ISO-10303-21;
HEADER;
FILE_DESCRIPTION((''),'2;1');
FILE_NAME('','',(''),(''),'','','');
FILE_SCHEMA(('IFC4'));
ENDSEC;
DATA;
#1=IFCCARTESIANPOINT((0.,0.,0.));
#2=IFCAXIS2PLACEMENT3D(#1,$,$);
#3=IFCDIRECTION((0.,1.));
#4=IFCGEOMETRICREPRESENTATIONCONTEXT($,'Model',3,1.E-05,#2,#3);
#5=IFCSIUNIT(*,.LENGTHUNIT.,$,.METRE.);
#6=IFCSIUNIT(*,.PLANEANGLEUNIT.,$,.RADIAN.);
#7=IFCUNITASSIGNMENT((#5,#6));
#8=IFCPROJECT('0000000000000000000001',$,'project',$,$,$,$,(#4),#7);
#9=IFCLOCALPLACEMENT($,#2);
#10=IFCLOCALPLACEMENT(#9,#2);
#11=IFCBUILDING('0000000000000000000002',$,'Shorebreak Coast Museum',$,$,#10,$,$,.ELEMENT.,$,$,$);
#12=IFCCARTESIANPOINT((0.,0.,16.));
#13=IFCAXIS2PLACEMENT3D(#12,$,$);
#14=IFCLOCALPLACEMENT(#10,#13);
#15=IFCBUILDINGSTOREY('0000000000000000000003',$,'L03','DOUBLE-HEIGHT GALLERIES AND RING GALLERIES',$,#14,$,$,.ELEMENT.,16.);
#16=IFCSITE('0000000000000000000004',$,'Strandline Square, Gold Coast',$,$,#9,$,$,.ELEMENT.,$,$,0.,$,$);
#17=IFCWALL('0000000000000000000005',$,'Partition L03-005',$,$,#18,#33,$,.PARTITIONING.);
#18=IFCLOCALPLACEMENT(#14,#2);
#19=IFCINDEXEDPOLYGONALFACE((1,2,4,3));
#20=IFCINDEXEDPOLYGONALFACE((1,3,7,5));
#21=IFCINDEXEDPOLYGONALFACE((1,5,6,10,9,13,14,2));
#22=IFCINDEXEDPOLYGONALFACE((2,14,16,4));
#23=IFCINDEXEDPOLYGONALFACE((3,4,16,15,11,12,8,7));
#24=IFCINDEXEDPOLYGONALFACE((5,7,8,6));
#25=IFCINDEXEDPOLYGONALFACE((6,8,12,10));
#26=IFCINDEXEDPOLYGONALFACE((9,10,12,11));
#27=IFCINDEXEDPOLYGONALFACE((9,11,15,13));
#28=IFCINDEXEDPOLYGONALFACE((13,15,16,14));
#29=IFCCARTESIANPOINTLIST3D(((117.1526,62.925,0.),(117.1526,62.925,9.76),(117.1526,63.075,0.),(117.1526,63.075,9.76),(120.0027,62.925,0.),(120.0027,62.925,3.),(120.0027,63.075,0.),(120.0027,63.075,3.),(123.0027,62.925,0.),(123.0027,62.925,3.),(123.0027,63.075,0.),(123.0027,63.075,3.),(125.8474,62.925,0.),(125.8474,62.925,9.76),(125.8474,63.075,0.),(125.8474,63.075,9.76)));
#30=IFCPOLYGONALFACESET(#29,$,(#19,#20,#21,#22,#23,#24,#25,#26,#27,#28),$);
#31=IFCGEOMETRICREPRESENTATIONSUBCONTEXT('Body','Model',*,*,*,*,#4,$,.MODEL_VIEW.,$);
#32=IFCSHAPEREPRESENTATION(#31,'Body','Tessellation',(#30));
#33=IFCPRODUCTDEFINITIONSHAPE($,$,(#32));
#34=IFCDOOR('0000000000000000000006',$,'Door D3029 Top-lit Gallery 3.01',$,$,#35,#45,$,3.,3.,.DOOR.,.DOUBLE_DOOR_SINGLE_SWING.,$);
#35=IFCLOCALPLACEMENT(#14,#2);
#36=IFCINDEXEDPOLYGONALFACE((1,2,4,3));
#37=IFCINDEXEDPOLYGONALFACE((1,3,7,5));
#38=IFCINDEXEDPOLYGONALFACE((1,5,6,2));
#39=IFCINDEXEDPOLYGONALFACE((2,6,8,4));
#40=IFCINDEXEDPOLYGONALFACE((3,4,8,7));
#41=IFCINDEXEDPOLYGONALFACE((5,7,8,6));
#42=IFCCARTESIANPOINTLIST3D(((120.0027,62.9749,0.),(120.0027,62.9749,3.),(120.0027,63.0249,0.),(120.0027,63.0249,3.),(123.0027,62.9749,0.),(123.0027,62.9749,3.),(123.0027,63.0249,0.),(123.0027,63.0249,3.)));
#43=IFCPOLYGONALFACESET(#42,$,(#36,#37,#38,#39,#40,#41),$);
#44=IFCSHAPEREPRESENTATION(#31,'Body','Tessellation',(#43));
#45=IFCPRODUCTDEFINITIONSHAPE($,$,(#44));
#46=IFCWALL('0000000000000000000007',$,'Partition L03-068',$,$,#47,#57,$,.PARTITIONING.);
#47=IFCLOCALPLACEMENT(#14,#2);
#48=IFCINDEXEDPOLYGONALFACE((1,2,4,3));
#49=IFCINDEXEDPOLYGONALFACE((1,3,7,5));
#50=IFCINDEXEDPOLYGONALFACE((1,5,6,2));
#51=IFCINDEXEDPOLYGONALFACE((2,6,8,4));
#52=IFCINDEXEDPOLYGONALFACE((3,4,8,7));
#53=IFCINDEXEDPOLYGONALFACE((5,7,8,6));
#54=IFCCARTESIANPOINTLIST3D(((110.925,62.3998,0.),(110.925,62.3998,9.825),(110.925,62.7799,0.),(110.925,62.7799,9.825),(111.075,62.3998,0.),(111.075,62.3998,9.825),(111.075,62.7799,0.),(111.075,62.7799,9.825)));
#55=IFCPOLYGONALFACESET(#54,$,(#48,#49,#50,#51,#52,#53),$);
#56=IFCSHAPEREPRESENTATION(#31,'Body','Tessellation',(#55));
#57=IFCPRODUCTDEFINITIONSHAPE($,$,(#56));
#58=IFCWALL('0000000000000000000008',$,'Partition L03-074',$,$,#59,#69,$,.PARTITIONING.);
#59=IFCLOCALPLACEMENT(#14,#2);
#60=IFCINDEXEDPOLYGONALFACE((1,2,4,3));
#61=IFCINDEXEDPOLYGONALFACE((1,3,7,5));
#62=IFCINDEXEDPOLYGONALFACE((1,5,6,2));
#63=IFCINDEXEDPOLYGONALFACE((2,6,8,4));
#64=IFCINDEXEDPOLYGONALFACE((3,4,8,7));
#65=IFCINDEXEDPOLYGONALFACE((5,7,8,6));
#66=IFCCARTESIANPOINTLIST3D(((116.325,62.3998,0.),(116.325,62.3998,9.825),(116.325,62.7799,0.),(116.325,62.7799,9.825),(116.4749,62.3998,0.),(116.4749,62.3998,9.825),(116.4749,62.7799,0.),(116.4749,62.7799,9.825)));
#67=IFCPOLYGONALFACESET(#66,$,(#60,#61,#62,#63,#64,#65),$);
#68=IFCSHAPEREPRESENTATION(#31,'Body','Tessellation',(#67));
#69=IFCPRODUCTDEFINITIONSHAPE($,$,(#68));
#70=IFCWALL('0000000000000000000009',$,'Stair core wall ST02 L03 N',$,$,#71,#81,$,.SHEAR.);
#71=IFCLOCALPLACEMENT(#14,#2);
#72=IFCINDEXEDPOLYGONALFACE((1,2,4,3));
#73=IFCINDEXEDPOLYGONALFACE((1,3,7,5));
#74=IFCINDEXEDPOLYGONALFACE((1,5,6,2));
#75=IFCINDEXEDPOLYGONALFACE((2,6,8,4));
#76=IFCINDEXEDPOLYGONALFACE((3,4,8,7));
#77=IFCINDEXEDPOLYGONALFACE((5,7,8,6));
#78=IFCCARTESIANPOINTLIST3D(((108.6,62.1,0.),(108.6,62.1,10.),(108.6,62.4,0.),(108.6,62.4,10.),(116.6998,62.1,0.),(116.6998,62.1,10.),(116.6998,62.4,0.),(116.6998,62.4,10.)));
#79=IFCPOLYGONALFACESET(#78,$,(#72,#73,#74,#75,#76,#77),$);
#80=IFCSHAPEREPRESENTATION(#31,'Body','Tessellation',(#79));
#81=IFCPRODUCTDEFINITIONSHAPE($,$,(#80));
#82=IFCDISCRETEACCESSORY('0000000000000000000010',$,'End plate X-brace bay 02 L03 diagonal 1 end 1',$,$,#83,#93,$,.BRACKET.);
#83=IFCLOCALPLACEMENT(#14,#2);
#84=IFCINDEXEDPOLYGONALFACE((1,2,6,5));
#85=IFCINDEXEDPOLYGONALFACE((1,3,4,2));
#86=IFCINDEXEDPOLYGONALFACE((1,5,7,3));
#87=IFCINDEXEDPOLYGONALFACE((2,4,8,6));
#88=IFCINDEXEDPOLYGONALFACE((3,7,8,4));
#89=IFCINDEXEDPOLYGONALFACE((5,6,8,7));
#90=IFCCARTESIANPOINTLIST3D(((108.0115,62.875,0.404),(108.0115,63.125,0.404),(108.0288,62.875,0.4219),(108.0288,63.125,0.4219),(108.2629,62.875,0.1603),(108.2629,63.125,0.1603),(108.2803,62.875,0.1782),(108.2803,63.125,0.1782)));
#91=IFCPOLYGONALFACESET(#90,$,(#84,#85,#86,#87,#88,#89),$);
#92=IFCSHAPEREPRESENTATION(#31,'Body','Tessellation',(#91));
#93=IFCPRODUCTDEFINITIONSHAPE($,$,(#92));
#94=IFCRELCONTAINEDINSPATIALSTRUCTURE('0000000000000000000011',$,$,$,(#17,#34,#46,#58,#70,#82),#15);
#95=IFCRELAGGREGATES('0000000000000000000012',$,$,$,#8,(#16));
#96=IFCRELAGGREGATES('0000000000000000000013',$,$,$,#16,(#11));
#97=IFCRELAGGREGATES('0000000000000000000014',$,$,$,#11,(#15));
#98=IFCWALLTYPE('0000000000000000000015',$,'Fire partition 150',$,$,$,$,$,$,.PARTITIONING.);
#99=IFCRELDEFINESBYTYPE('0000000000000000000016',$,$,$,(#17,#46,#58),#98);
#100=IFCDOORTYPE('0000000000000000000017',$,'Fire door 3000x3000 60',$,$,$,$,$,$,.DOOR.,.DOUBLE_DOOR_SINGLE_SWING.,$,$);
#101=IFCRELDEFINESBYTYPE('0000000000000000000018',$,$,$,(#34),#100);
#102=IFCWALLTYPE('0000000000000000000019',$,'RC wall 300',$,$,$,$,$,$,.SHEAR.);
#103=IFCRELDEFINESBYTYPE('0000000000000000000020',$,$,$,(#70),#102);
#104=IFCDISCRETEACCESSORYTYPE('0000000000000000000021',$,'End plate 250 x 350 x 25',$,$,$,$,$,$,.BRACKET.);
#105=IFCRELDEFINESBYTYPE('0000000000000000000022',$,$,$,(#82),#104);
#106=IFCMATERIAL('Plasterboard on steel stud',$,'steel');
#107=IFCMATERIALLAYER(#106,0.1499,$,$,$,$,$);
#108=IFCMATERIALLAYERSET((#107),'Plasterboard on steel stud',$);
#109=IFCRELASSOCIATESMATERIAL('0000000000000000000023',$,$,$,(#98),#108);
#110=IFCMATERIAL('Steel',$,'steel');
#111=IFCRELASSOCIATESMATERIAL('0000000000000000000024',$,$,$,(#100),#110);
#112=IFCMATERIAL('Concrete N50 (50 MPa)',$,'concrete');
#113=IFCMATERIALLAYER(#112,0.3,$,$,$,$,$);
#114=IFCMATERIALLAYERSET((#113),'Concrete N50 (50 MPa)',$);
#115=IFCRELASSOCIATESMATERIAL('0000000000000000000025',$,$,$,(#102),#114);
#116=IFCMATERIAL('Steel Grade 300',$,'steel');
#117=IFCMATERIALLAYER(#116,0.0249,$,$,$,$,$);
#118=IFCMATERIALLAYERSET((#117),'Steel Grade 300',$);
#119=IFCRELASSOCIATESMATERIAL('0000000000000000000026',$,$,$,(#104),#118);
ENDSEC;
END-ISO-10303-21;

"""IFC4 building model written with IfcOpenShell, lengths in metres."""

from ifc_helpers import new_model, si_unit, direction, frame, frame_2d, origin, place, context, subcontext, project, spatial, polyline, rectangle, outline, extrude, material, layer, layer_set, type_object, element, fill, save


model = new_model("IFC4")

# Units and contexts
model_context = context("Model", 3, precision=1e-05, world=origin(), true_north=direction((0.0, 1.0)))
body_context = subcontext(model_context, "Body", "Model", "MODEL_VIEW")
ifc_project = project(units=[si_unit("LENGTHUNIT", "METRE"), si_unit("PLANEANGLEUNIT", "RADIAN")], contexts=[model_context])

# Site, building, storey
site_placement = place(None, origin())
site = spatial("IfcSite", under=ifc_project, at=site_placement, Name="Strandline Square, Gold Coast", CompositionType="ELEMENT", RefElevation=0.0)
building_placement = place(site_placement, origin())
building = spatial("IfcBuilding", under=site, at=building_placement, Name="Shorebreak Coast Museum", CompositionType="ELEMENT")
storey_placement = place(building_placement, frame((0.0, 0.0, 16.0)))
storey = spatial("IfcBuildingStorey", under=building, at=storey_placement, Name="L03", Description="DOUBLE-HEIGHT GALLERIES AND RING GALLERIES", CompositionType="ELEMENT", Elevation=16.0)

# Wall, opening, door
ifc_material_1 = material(Name="Plasterboard on steel stud", Category="steel")
ifc_layer_1 = layer(ifc_material_1, 0.1499)
ifc_layer_set_1 = layer_set([ifc_layer_1], Name="Plasterboard on steel stud")
wall_type_1 = type_object("IfcWallType", Name="Fire partition 150", PredefinedType="PARTITIONING", material=ifc_layer_set_1)
wall_1_placement = place(storey_placement, frame((117.1526, 63.0, 0.0), z_axis=(0.0, 0.0, 1.0), x_axis=(1.0, 0.0, 0.0)))
wall_1 = element("IfcWall", 1, at=wall_1_placement, inside=storey, type_object=wall_type_1, Name="Partition L03-005", PredefinedType="PARTITIONING", context=body_context, shape_type="SweptSolid", body=[
    extrude(rectangle(XDim=8.6948, YDim=0.1499, at=frame_2d((4.3474, 0.0))), origin(), (0.0, 0.0, 1.0), 9.76),
])
opening_placement = place(wall_1_placement, frame((2.8501, 0.0, 0.0)))
opening = element("IfcOpeningElement", 2, at=opening_placement, cuts=wall_1, PredefinedType="OPENING", context=body_context, shape_type="SweptSolid", body=[
    extrude(rectangle(XDim=3.0, YDim=3.0, at=frame_2d((1.5, 1.5))), frame((0.0, 0.085, 0.0), z_axis=(0.0, -1.0, 0.0), x_axis=(1.0, 0.0, 0.0)), (0.0, 0.0, 1.0), 0.1699),
])
ifc_material_2 = material(Name="Steel", Category="steel")
door_type = type_object("IfcDoorType", Name="Fire door 3000x3000 60", OperationType="DOUBLE_DOOR_SINGLE_SWING", PredefinedType="DOOR", material=ifc_material_2)
door_placement = place(opening_placement, origin())
door = element("IfcDoor", 3, at=door_placement, inside=storey, type_object=door_type, Name="Door D3029 Top-lit Gallery 3.01", OperationType="DOUBLE_DOOR_SINGLE_SWING", OverallHeight=3.0, OverallWidth=3.0, PredefinedType="DOOR", context=body_context, shape_type="SweptSolid", body=[
    extrude(rectangle(XDim=3.0, YDim=3.0, at=frame_2d((1.5, 1.5))), frame((0.0, 0.0249, 0.0), z_axis=(0.0, -1.0, 0.0), x_axis=(1.0, 0.0, 0.0)), (0.0, 0.0, 1.0), 0.05),
])
fill(opening, door)

# Walls
for number, where, z_axis, x_axis, name in (
    (4, (111.0, 62.3999, 0.0), (0.0, 0.0, 1.0), (0.0, 1.0, 0.0), "Partition L03-068"),
    (5, (116.3999, 62.3999, 0.0), (0.0, 0.0, 1.0), (0.0, 1.0, 0.0), "Partition L03-074"),
):
    element("IfcWall", number, at=place(storey_placement, frame(where, z_axis=z_axis, x_axis=x_axis)), inside=storey, type_object=wall_type_1, Name=name, PredefinedType="PARTITIONING", context=body_context, shape_type="SweptSolid", body=[
        extrude(rectangle(XDim=0.3801, YDim=0.1499, at=frame_2d((0.1899, 0.0))), origin(), (0.0, 0.0, 1.0), 9.825),
    ])
ifc_material_3 = material(Name="Concrete N50 (50 MPa)", Category="concrete")
ifc_layer_2 = layer(ifc_material_3, 0.3)
ifc_layer_set_2 = layer_set([ifc_layer_2], Name="Concrete N50 (50 MPa)")
wall_type_2 = type_object("IfcWallType", Name="RC wall 300", PredefinedType="SHEAR", material=ifc_layer_set_2)
wall_2_placement = place(storey_placement, frame((108.6001, 62.25, 0.0), z_axis=(0.0, 0.0, 1.0), x_axis=(1.0, 0.0, 0.0)))
element("IfcWall", 6, at=wall_2_placement, inside=storey, type_object=wall_type_2, Name="Stair core wall ST02 L03 N", PredefinedType="SHEAR", context=body_context, shape_type="SweptSolid", body=[
    extrude(rectangle(XDim=8.0999, YDim=0.3, at=frame_2d((4.0498, 0.0))), origin(), (0.0, 0.0, 1.0), 10.0),
])

# Discrete accessory
ifc_material_4 = material(Name="Steel Grade 300", Category="steel")
ifc_layer_3 = layer(ifc_material_4, 0.0249)
ifc_layer_set_3 = layer_set([ifc_layer_3], Name="Steel Grade 300")
discrete_accessory_type = type_object("IfcDiscreteAccessoryType", Name="End plate 250 x 350 x 25", PredefinedType="BRACKET", material=ifc_layer_set_3)
discrete_accessory_placement = place(storey_placement, frame((108.2803, 62.875, 0.1782), z_axis=(0.695863, 0.0, 0.718175), x_axis=(0.0, 1.0, 0.0)))
element("IfcDiscreteAccessory", 7, at=discrete_accessory_placement, inside=storey, type_object=discrete_accessory_type, Name="End plate X-brace bay 02 L03 diagonal 1 end 1", PredefinedType="BRACKET", context=body_context, shape_type="SweptSolid", body=[
    extrude(outline(polyline([(0.0, 0.0), (0.25, 0.0), (0.25, 0.3501), (0.0, 0.3501), (0.0, 0.0)])), origin(), (0.0, 0.0, -1.0), 0.0249),
])

save(model, "model.ifc")
